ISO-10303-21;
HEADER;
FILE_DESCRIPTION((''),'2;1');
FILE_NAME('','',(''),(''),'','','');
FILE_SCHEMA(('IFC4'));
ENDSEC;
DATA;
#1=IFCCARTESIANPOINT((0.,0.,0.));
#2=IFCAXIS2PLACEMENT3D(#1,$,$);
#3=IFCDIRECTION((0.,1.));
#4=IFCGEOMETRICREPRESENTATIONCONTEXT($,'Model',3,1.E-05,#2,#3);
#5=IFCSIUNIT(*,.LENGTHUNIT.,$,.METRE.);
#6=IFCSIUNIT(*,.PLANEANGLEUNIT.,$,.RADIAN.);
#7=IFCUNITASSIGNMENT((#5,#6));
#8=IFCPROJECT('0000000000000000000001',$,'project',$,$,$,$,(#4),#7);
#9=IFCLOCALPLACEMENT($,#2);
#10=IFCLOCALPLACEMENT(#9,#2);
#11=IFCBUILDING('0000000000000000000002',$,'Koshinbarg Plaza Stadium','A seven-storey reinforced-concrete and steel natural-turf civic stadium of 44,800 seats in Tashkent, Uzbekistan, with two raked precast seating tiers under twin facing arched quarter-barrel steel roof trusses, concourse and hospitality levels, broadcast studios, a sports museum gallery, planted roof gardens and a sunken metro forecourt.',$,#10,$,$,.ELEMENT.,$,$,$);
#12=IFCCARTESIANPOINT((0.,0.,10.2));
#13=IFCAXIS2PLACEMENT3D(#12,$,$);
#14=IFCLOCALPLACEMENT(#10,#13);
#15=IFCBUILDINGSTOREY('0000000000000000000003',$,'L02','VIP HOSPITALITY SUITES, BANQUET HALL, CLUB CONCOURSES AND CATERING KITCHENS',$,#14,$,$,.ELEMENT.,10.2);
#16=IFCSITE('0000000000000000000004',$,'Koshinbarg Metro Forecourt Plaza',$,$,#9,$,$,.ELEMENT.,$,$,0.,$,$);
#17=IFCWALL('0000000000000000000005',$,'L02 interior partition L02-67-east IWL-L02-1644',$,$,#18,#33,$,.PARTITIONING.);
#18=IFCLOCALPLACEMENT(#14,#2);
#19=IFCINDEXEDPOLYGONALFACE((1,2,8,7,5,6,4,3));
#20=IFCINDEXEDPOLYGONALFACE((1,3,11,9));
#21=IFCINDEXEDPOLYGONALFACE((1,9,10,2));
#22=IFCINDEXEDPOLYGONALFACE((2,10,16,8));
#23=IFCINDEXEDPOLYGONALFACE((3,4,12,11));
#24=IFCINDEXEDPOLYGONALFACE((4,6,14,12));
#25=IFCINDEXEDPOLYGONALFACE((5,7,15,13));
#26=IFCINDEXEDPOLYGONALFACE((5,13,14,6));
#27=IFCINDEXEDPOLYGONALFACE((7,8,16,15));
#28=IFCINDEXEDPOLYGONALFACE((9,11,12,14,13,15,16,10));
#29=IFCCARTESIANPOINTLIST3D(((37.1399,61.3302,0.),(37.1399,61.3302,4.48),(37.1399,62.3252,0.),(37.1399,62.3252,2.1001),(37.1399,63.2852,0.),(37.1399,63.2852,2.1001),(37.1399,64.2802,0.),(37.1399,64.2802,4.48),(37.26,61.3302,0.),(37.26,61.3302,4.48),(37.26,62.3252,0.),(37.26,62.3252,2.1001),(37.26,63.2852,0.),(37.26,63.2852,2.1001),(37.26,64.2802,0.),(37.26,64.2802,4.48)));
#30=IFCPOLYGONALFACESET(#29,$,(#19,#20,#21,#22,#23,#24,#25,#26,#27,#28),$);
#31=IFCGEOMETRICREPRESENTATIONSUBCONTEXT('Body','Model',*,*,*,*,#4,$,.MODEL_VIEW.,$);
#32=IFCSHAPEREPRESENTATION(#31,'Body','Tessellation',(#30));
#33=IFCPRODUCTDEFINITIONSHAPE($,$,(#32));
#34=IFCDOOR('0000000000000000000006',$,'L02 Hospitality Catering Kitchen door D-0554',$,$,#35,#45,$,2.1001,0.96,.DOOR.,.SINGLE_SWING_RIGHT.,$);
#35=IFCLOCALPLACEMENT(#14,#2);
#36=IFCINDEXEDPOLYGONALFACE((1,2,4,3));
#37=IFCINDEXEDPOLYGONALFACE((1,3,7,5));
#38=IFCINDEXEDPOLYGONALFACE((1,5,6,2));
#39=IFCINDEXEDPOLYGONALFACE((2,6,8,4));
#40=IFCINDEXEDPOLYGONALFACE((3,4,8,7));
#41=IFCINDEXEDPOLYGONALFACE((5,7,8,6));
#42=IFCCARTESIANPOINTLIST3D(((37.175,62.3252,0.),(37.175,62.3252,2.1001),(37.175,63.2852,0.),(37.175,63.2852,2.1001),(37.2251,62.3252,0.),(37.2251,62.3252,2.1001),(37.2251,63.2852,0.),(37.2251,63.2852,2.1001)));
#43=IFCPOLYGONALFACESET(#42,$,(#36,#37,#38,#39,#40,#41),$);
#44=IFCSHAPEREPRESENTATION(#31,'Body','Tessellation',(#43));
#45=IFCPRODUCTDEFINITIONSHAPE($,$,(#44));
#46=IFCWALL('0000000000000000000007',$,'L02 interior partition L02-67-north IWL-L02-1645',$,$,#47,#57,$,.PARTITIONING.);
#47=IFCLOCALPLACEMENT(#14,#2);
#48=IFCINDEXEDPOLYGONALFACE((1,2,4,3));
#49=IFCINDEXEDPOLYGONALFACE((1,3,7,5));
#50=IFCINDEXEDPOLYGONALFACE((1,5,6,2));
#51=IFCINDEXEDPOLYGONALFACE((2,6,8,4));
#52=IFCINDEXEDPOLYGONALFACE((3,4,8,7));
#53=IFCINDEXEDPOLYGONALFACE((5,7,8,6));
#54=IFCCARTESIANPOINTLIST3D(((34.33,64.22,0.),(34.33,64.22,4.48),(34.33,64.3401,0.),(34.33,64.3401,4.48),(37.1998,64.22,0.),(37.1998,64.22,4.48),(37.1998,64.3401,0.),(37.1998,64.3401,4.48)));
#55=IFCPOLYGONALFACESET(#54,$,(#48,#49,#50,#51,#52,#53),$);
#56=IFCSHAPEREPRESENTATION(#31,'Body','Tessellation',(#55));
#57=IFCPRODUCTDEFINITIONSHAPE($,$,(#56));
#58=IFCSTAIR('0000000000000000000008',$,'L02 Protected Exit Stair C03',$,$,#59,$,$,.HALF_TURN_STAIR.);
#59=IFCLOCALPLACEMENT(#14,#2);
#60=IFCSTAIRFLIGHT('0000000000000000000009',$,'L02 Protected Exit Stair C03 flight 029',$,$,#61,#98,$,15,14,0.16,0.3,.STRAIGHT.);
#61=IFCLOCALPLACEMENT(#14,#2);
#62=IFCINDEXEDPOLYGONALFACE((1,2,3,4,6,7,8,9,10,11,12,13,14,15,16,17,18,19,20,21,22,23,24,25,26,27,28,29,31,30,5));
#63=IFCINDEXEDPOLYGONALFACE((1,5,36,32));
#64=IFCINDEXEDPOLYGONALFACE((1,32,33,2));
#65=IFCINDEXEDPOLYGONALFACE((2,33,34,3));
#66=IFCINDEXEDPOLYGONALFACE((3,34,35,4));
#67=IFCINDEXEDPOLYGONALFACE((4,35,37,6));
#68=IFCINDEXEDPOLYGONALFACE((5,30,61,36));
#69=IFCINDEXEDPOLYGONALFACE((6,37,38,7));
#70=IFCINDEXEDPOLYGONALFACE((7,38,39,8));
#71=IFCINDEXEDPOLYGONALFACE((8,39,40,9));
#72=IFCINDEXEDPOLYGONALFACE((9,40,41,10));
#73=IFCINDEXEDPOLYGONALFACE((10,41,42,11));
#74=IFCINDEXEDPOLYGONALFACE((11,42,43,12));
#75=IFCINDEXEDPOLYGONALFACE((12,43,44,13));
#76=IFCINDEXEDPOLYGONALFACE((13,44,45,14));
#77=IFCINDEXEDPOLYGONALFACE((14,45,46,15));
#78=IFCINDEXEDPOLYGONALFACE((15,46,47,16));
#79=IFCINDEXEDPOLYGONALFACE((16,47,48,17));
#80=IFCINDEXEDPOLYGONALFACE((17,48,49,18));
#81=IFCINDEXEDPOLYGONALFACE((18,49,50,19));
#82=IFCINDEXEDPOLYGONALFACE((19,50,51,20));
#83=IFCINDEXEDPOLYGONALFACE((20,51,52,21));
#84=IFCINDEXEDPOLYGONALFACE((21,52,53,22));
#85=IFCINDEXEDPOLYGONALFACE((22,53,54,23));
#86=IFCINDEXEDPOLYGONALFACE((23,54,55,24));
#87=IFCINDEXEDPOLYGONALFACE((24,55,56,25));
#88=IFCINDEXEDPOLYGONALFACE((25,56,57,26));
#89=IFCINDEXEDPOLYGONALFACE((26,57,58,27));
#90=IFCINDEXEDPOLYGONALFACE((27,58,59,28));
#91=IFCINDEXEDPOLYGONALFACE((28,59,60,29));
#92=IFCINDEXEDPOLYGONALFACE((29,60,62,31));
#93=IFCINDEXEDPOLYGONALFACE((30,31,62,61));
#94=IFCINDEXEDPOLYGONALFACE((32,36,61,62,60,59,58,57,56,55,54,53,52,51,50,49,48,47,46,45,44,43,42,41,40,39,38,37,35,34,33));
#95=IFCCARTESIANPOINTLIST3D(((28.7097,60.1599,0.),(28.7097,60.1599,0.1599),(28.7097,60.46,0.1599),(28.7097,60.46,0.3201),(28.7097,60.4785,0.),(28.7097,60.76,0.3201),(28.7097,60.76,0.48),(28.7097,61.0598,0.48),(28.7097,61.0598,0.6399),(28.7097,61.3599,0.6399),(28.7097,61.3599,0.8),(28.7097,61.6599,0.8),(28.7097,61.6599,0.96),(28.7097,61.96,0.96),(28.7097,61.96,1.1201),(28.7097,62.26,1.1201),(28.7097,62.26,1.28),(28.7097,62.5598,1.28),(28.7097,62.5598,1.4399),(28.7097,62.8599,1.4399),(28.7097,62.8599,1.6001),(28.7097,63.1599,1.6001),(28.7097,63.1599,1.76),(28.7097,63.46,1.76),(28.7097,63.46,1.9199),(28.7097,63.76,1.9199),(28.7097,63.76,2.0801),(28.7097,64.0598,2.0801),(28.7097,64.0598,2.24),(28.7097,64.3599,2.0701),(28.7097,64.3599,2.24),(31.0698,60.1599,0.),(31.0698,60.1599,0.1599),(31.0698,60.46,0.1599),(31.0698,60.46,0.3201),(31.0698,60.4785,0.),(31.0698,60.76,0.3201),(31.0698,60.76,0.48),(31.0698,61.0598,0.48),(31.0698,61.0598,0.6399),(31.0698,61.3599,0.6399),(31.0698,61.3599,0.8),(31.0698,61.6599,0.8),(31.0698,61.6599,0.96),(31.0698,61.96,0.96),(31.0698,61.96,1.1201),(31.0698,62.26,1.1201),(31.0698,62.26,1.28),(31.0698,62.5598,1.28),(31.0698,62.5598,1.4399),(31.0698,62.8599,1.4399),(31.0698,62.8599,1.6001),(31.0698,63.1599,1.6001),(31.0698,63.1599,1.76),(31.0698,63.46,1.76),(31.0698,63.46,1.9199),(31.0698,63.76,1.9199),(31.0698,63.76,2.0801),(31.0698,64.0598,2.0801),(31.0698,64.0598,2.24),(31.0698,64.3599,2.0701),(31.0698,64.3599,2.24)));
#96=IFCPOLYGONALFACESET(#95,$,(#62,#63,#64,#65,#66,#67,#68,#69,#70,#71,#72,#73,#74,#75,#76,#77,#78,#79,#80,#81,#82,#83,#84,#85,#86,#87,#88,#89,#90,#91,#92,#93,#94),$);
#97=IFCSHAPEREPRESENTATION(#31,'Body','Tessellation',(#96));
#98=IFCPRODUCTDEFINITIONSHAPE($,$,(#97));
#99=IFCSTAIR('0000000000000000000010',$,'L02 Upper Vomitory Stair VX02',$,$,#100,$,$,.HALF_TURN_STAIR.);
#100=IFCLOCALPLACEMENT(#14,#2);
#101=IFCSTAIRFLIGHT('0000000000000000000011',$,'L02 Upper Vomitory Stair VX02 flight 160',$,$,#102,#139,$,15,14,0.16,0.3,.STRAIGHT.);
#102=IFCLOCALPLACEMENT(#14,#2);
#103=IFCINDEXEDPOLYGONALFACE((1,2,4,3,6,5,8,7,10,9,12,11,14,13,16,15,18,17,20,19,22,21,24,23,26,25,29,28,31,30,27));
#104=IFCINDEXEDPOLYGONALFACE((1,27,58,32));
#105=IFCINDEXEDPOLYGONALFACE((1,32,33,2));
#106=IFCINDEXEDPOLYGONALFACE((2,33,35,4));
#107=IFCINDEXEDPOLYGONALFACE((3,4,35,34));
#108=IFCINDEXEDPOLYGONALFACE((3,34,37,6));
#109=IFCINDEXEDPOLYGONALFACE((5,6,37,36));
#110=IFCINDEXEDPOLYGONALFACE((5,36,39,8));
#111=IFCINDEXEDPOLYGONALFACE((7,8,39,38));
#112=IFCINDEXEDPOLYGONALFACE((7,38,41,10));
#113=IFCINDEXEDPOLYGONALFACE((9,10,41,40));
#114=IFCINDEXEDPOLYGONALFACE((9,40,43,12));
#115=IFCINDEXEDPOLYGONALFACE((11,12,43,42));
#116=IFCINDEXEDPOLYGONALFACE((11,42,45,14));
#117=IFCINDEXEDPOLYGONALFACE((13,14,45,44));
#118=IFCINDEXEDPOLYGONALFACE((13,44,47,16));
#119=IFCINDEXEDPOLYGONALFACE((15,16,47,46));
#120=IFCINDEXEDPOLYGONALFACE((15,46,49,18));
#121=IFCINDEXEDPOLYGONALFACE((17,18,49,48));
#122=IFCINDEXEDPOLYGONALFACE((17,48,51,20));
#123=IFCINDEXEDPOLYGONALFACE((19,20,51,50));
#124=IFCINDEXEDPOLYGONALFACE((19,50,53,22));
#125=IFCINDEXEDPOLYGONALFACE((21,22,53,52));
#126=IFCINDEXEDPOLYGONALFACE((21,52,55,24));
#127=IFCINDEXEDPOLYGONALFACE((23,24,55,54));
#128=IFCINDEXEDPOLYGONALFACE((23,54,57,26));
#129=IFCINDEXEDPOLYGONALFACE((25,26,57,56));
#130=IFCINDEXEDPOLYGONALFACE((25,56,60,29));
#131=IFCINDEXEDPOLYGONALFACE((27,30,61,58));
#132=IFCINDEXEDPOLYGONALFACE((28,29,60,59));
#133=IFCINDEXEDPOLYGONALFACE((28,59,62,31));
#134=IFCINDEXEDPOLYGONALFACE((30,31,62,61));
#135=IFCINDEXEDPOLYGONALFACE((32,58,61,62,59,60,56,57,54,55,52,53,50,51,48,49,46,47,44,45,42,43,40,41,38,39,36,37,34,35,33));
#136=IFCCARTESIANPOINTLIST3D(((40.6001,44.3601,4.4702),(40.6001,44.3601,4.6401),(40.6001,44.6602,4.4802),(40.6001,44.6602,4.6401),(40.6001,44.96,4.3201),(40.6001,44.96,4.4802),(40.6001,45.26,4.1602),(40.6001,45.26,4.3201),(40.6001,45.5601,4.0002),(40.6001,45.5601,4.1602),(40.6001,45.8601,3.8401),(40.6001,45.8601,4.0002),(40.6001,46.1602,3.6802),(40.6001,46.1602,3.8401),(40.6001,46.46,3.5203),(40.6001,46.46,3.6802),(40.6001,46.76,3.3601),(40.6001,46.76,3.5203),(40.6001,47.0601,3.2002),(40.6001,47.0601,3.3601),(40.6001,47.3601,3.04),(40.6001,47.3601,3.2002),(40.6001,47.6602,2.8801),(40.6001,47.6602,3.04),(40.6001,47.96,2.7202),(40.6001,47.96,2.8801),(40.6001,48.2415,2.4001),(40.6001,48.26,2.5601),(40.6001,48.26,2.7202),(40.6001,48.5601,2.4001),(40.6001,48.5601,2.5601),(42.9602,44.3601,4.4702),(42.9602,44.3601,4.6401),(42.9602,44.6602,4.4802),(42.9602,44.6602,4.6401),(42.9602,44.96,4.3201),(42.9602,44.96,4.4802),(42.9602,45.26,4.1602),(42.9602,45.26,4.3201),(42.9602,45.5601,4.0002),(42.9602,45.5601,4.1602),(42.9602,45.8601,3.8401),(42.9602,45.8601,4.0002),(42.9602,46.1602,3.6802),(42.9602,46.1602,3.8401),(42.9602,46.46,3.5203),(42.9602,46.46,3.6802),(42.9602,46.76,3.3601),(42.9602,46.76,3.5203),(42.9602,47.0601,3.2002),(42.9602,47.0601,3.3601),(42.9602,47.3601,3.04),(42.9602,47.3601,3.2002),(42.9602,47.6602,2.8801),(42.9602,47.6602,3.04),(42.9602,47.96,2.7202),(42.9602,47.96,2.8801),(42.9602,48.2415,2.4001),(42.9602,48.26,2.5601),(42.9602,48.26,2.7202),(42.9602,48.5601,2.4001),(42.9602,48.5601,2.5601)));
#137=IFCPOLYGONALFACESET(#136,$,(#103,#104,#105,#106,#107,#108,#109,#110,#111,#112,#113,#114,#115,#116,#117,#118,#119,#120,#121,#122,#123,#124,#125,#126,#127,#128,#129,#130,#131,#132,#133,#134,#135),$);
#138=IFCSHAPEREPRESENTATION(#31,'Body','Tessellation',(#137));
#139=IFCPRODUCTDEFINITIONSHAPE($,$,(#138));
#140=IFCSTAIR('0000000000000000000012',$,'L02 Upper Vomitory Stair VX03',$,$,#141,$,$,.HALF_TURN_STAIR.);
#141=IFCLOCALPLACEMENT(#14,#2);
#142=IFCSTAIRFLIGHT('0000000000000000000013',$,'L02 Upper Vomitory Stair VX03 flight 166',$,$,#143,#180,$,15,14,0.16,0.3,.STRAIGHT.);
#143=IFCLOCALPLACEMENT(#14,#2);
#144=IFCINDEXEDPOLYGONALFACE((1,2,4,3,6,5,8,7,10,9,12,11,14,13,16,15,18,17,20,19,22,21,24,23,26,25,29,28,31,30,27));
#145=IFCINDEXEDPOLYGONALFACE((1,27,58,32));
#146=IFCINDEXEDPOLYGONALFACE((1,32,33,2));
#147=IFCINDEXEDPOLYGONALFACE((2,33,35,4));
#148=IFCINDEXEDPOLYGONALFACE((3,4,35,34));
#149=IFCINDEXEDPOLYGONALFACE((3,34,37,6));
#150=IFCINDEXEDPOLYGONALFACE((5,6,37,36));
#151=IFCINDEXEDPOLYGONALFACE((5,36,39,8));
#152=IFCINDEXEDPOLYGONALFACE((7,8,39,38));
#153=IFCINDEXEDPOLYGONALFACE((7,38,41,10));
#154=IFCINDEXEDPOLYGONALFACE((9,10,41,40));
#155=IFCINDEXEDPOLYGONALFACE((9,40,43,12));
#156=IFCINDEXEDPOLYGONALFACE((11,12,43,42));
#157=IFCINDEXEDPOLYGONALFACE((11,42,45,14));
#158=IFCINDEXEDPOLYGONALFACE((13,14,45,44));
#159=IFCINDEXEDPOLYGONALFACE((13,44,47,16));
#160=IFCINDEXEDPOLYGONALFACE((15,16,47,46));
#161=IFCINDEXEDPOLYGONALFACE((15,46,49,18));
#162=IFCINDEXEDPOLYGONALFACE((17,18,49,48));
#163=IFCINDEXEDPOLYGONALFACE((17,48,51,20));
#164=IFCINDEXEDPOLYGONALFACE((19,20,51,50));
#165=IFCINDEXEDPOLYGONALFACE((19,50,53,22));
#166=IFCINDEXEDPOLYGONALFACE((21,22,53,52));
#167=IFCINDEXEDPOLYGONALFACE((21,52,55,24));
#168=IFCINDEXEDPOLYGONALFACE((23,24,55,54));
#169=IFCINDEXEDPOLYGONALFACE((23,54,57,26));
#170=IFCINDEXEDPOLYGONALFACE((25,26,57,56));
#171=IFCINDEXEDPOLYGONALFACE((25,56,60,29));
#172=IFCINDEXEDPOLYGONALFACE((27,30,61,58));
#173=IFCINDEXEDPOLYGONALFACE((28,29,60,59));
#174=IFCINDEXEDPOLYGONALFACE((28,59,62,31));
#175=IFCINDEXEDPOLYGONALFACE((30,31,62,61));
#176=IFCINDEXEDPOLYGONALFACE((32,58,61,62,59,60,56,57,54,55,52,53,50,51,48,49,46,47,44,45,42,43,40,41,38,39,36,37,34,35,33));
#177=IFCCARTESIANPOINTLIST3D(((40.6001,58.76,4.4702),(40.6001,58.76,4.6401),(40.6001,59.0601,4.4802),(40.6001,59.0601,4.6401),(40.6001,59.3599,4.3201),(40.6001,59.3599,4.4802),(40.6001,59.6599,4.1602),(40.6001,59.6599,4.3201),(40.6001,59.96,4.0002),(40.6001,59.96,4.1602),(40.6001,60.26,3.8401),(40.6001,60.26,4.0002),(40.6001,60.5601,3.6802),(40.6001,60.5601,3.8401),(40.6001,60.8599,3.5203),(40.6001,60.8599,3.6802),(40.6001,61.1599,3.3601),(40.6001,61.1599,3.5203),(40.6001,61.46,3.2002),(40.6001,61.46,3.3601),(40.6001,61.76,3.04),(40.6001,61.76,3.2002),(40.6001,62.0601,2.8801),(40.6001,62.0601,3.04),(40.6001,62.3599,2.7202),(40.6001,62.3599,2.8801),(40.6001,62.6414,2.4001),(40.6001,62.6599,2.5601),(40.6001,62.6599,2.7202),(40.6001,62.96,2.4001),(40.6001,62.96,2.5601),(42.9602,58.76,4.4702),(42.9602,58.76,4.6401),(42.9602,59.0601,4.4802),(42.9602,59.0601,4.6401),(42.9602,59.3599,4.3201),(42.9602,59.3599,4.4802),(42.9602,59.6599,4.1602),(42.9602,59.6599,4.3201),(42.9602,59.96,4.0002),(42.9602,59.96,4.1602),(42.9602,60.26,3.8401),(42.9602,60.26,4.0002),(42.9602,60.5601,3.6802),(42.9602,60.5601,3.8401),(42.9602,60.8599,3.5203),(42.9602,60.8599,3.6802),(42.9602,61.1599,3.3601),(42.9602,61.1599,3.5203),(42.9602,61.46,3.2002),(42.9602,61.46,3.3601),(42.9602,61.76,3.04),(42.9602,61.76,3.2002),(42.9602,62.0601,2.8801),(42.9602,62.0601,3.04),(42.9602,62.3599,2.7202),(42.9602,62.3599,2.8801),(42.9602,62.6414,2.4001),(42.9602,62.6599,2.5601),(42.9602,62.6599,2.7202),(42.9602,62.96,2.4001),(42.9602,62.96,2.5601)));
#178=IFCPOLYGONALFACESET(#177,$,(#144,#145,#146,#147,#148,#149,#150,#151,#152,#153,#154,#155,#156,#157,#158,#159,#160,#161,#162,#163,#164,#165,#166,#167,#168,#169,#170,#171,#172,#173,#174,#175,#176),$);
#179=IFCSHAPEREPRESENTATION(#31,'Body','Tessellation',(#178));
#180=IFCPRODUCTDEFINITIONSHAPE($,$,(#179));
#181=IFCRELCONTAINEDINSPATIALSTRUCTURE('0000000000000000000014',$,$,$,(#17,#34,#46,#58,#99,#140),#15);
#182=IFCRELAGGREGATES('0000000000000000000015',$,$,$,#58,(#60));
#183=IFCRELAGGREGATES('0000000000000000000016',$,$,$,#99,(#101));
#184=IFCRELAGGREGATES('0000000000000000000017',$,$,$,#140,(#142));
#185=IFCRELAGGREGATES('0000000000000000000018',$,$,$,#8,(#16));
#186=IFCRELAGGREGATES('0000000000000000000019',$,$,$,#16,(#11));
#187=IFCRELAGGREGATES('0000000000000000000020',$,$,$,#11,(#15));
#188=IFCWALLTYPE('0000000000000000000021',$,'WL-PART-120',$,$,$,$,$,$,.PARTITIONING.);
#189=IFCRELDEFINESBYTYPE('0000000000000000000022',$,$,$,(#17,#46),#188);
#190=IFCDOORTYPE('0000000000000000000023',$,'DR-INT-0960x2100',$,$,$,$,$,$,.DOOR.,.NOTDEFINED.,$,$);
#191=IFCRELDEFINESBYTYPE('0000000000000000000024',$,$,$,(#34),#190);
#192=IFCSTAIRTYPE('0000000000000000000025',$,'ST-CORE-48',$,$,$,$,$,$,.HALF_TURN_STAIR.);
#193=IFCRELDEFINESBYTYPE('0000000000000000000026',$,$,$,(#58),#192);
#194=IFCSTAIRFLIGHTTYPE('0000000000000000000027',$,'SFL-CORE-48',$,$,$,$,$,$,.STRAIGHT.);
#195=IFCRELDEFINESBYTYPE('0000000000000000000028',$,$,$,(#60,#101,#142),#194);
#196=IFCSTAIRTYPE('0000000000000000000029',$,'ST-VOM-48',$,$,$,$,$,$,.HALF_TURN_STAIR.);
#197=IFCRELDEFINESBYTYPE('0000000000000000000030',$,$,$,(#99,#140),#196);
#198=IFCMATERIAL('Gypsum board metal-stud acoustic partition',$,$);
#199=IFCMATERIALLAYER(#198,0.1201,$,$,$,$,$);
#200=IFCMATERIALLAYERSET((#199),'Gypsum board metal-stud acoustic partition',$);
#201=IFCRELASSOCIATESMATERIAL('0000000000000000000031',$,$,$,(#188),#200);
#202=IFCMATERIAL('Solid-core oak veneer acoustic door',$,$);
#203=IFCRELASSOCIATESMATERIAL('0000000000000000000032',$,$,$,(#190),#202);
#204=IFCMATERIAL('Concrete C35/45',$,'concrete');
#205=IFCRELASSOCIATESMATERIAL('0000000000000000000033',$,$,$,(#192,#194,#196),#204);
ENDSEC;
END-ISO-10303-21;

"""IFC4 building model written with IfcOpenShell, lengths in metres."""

from ifc_helpers import new_model, si_unit, direction, frame, frame_2d, origin, place, context, subcontext, project, spatial, polyline, rectangle, outline, extrude, material, layer, layer_set, type_object, element, fill, aggregate, save


model = new_model("IFC4")

# Units and contexts
model_context = context("Model", 3, precision=1e-05, world=origin(), true_north=direction((0.0, 1.0)))
body_context = subcontext(model_context, "Body", "Model", "MODEL_VIEW")
ifc_project = project(units=[si_unit("LENGTHUNIT", "METRE"), si_unit("PLANEANGLEUNIT", "RADIAN")], contexts=[model_context])

# Site, building, storey
site_placement = place(None, origin())
site = spatial("IfcSite", under=ifc_project, at=site_placement, Name="Koshinbarg Metro Forecourt Plaza", CompositionType="ELEMENT", RefElevation=0.0)
building_placement = place(site_placement, origin())
building = spatial("IfcBuilding", under=site, at=building_placement, Name="Koshinbarg Plaza Stadium", Description="A seven-storey reinforced-concrete and steel natural-turf civic stadium of 44,800 seats in Tashkent, Uzbekistan, with two raked precast seating tiers under twin facing arched quarter-barrel steel roof trusses, concourse and hospitality levels, broadcast studios, a sports museum gallery, planted roof gardens and a sunken metro forecourt.", CompositionType="ELEMENT")
storey_placement = place(building_placement, frame((0.0, 0.0, 10.2)))
storey = spatial("IfcBuildingStorey", under=building, at=storey_placement, Name="L02", Description="VIP HOSPITALITY SUITES, BANQUET HALL, CLUB CONCOURSES AND CATERING KITCHENS", CompositionType="ELEMENT", Elevation=10.2)

# Shared definitions
ifc_material_1 = material(Name="Gypsum board metal-stud acoustic partition")
ifc_layer_1 = layer(ifc_material_1, 0.1201)
ifc_layer_set_1 = layer_set([ifc_layer_1], Name="Gypsum board metal-stud acoustic partition")
wall_type_1 = type_object("IfcWallType", Name="WL-PART-120", PredefinedType="PARTITIONING", material=ifc_layer_set_1)

# Shared definitions
ifc_material_2 = material(Name="Solid-core oak veneer acoustic door")
door_type_1 = type_object("IfcDoorType", Name="DR-INT-0960x2100", OperationType="NOTDEFINED", PredefinedType="DOOR", material=ifc_material_2)

# Wall, opening, door
wall_1_placement = place(storey_placement, frame((37.2, 61.3301, 0.0), z_axis=(0.0, 0.0, 1.0), x_axis=(0.0, 1.0, 0.0)))
wall_1 = element("IfcWall", 1, at=wall_1_placement, inside=storey, type_object=wall_type_1, Name="L02 interior partition L02-67-east IWL-L02-1644", PredefinedType="PARTITIONING", context=body_context, shape_type="SweptSolid", body=[
    extrude(rectangle(XDim=2.95, YDim=0.1201, at=frame_2d((1.4751, 0.0))), origin(), (0.0, 0.0, 1.0), 4.48),
])
opening_1_placement = place(wall_1_placement, frame((0.9951, 0.0, 0.0)))
opening_1 = element("IfcOpeningElement", 2, at=opening_1_placement, cuts=wall_1, PredefinedType="OPENING", context=body_context, shape_type="SweptSolid", body=[
    extrude(rectangle(XDim=0.96, YDim=2.1001, at=frame_2d((0.48, 1.05))), frame((0.0, 0.0701, 0.0), z_axis=(0.0, -1.0, 0.0), x_axis=(1.0, 0.0, 0.0)), (0.0, 0.0, 1.0), 0.1401),
])
door_1_placement = place(opening_1_placement, origin())
door_1 = element("IfcDoor", 3, at=door_1_placement, inside=storey, type_object=door_type_1, Name="L02 Hospitality Catering Kitchen door D-0554", OperationType="SINGLE_SWING_RIGHT", OverallHeight=2.1001, OverallWidth=0.96, PredefinedType="DOOR", context=body_context, shape_type="SweptSolid", body=[
    extrude(rectangle(XDim=0.96, YDim=2.1001, at=frame_2d((0.48, 1.05))), frame((0.0, 0.0249, 0.0), z_axis=(0.0, -1.0, 0.0), x_axis=(1.0, 0.0, 0.0)), (0.0, 0.0, 1.0), 0.05),
])
fill(opening_1, door_1)

# Wall
wall_2_placement = place(storey_placement, frame((37.2, 64.28, 0.0), z_axis=(0.0, 0.0, 1.0), x_axis=(-1.0, 0.0, 0.0)))
element("IfcWall", 4, at=wall_2_placement, inside=storey, type_object=wall_type_1, Name="L02 interior partition L02-67-north IWL-L02-1645", PredefinedType="PARTITIONING", context=body_context, shape_type="SweptSolid", body=[
    extrude(rectangle(XDim=2.8699, YDim=0.1201, at=frame_2d((1.4351, 0.0))), origin(), (0.0, 0.0, 1.0), 4.48),
])

# Stairs, stair flights
ifc_material_3 = material(Name="Concrete C35/45", Category="concrete")
stair_type_1 = type_object("IfcStairType", Name="ST-CORE-48", PredefinedType="HALF_TURN_STAIR", material=ifc_material_3)
stair_1_placement = place(storey_placement, origin())
stair_1 = element("IfcStair", 5, at=stair_1_placement, inside=storey, type_object=stair_type_1, Name="L02 Protected Exit Stair C03", PredefinedType="HALF_TURN_STAIR")
stair_flight_type = type_object("IfcStairFlightType", Name="SFL-CORE-48", PredefinedType="STRAIGHT", material=ifc_material_3)
stair_flight_1_placement = place(storey_placement, frame((29.8899, 60.1599, 0.0), z_axis=(0.0, 0.0, 1.0), x_axis=(0.0, 1.0, 0.0)))
stair_flight_1 = element("IfcStairFlight", 6, at=stair_flight_1_placement, type_object=stair_flight_type, Name="L02 Protected Exit Stair C03 flight 029", NumberOfRisers=15, NumberOfTreads=14, PredefinedType="STRAIGHT", RiserHeight=0.16, TreadLength=0.3, context=body_context, shape_type="SweptSolid", body=[
    extrude(outline(polyline([(0.0, 0.0), (0.0, 0.1599), (0.3, 0.1599), (0.3, 0.3201), (0.6001, 0.3201), (0.6001, 0.48), (0.8999, 0.48), (0.8999, 0.6399), (1.2, 0.6399), (1.2, 0.8), (1.5, 0.8), (1.5, 0.96), (1.8, 0.96), (1.8, 1.1201), (2.1001, 1.1201), (2.1001, 1.28), (2.3999, 1.28), (2.3999, 1.4399), (2.7, 1.4399), (2.7, 1.6001), (3.0, 1.6001), (3.0, 1.76), (3.3, 1.76), (3.3, 1.9199), (3.6001, 1.9199), (3.6001, 2.0801), (3.8999, 2.0801), (3.8999, 2.24), (4.2, 2.24), (4.2, 2.3999), (4.2, 2.0701), (0.3186, 0.0), (0.0, 0.0)])), frame((0.0, 1.1802, 0.0), z_axis=(0.0, -1.0, 0.0), x_axis=(1.0, 0.0, 0.0)), (0.0, 0.0, 1.0), 2.3601),
])
aggregate(stair_1, [stair_flight_1])
stair_type_2 = type_object("IfcStairType", Name="ST-VOM-48", PredefinedType="HALF_TURN_STAIR", material=ifc_material_3)
stair_2_placement = place(storey_placement, origin())
stair_2 = element("IfcStair", 7, at=stair_2_placement, inside=storey, type_object=stair_type_2, Name="L02 Upper Vomitory Stair VX02", PredefinedType="HALF_TURN_STAIR")
stair_flight_2_placement = place(storey_placement, frame((41.78, 48.5601, 2.4001), z_axis=(0.0, 0.0, 1.0), x_axis=(0.0, -1.0, 0.0)))
stair_flight_2 = element("IfcStairFlight", 8, at=stair_flight_2_placement, type_object=stair_flight_type, Name="L02 Upper Vomitory Stair VX02 flight 160", NumberOfRisers=15, NumberOfTreads=14, PredefinedType="STRAIGHT", RiserHeight=0.16, TreadLength=0.3, context=body_context, shape_type="SweptSolid", body=[
    extrude(outline(polyline([(0.0, 0.0), (0.0, 0.1599), (0.3, 0.1599), (0.3, 0.3201), (0.6001, 0.3201), (0.6001, 0.48), (0.8999, 0.48), (0.8999, 0.6399), (1.2, 0.6399), (1.2, 0.8), (1.5, 0.8), (1.5, 0.96), (1.8, 0.96), (1.8, 1.1201), (2.1001, 1.1201), (2.1001, 1.28), (2.3999, 1.28), (2.3999, 1.4399), (2.7, 1.4399), (2.7, 1.6001), (3.0, 1.6001), (3.0, 1.76), (3.3, 1.76), (3.3, 1.9199), (3.6001, 1.9199), (3.6001, 2.0801), (3.8999, 2.0801), (3.8999, 2.24), (4.2, 2.24), (4.2, 2.3999), (4.2, 2.0701), (0.3186, 0.0), (0.0, 0.0)])), frame((0.0, 1.1802, 0.0), z_axis=(0.0, -1.0, 0.0), x_axis=(1.0, 0.0, 0.0)), (0.0, 0.0, 1.0), 2.3601),
])
aggregate(stair_2, [stair_flight_2])
stair_3_placement = place(storey_placement, origin())
stair_3 = element("IfcStair", 9, at=stair_3_placement, inside=storey, type_object=stair_type_2, Name="L02 Upper Vomitory Stair VX03", PredefinedType="HALF_TURN_STAIR")
stair_flight_3_placement = place(storey_placement, frame((41.78, 62.96, 2.4001), z_axis=(0.0, 0.0, 1.0), x_axis=(0.0, -1.0, 0.0)))
stair_flight_3 = element("IfcStairFlight", 10, at=stair_flight_3_placement, type_object=stair_flight_type, Name="L02 Upper Vomitory Stair VX03 flight 166", NumberOfRisers=15, NumberOfTreads=14, PredefinedType="STRAIGHT", RiserHeight=0.16, TreadLength=0.3, context=body_context, shape_type="SweptSolid", body=[
    extrude(outline(polyline([(0.0, 0.0), (0.0, 0.1599), (0.3, 0.1599), (0.3, 0.3201), (0.6001, 0.3201), (0.6001, 0.48), (0.8999, 0.48), (0.8999, 0.6399), (1.2, 0.6399), (1.2, 0.8), (1.5, 0.8), (1.5, 0.96), (1.8, 0.96), (1.8, 1.1201), (2.1001, 1.1201), (2.1001, 1.28), (2.3999, 1.28), (2.3999, 1.4399), (2.7, 1.4399), (2.7, 1.6001), (3.0, 1.6001), (3.0, 1.76), (3.3, 1.76), (3.3, 1.9199), (3.6001, 1.9199), (3.6001, 2.0801), (3.8999, 2.0801), (3.8999, 2.24), (4.2, 2.24), (4.2, 2.3999), (4.2, 2.0701), (0.3186, 0.0), (0.0, 0.0)])), frame((0.0, 1.1802, 0.0), z_axis=(0.0, -1.0, 0.0), x_axis=(1.0, 0.0, 0.0)), (0.0, 0.0, 1.0), 2.3601),
])
aggregate(stair_3, [stair_flight_3])

save(model, "model.ifc")
